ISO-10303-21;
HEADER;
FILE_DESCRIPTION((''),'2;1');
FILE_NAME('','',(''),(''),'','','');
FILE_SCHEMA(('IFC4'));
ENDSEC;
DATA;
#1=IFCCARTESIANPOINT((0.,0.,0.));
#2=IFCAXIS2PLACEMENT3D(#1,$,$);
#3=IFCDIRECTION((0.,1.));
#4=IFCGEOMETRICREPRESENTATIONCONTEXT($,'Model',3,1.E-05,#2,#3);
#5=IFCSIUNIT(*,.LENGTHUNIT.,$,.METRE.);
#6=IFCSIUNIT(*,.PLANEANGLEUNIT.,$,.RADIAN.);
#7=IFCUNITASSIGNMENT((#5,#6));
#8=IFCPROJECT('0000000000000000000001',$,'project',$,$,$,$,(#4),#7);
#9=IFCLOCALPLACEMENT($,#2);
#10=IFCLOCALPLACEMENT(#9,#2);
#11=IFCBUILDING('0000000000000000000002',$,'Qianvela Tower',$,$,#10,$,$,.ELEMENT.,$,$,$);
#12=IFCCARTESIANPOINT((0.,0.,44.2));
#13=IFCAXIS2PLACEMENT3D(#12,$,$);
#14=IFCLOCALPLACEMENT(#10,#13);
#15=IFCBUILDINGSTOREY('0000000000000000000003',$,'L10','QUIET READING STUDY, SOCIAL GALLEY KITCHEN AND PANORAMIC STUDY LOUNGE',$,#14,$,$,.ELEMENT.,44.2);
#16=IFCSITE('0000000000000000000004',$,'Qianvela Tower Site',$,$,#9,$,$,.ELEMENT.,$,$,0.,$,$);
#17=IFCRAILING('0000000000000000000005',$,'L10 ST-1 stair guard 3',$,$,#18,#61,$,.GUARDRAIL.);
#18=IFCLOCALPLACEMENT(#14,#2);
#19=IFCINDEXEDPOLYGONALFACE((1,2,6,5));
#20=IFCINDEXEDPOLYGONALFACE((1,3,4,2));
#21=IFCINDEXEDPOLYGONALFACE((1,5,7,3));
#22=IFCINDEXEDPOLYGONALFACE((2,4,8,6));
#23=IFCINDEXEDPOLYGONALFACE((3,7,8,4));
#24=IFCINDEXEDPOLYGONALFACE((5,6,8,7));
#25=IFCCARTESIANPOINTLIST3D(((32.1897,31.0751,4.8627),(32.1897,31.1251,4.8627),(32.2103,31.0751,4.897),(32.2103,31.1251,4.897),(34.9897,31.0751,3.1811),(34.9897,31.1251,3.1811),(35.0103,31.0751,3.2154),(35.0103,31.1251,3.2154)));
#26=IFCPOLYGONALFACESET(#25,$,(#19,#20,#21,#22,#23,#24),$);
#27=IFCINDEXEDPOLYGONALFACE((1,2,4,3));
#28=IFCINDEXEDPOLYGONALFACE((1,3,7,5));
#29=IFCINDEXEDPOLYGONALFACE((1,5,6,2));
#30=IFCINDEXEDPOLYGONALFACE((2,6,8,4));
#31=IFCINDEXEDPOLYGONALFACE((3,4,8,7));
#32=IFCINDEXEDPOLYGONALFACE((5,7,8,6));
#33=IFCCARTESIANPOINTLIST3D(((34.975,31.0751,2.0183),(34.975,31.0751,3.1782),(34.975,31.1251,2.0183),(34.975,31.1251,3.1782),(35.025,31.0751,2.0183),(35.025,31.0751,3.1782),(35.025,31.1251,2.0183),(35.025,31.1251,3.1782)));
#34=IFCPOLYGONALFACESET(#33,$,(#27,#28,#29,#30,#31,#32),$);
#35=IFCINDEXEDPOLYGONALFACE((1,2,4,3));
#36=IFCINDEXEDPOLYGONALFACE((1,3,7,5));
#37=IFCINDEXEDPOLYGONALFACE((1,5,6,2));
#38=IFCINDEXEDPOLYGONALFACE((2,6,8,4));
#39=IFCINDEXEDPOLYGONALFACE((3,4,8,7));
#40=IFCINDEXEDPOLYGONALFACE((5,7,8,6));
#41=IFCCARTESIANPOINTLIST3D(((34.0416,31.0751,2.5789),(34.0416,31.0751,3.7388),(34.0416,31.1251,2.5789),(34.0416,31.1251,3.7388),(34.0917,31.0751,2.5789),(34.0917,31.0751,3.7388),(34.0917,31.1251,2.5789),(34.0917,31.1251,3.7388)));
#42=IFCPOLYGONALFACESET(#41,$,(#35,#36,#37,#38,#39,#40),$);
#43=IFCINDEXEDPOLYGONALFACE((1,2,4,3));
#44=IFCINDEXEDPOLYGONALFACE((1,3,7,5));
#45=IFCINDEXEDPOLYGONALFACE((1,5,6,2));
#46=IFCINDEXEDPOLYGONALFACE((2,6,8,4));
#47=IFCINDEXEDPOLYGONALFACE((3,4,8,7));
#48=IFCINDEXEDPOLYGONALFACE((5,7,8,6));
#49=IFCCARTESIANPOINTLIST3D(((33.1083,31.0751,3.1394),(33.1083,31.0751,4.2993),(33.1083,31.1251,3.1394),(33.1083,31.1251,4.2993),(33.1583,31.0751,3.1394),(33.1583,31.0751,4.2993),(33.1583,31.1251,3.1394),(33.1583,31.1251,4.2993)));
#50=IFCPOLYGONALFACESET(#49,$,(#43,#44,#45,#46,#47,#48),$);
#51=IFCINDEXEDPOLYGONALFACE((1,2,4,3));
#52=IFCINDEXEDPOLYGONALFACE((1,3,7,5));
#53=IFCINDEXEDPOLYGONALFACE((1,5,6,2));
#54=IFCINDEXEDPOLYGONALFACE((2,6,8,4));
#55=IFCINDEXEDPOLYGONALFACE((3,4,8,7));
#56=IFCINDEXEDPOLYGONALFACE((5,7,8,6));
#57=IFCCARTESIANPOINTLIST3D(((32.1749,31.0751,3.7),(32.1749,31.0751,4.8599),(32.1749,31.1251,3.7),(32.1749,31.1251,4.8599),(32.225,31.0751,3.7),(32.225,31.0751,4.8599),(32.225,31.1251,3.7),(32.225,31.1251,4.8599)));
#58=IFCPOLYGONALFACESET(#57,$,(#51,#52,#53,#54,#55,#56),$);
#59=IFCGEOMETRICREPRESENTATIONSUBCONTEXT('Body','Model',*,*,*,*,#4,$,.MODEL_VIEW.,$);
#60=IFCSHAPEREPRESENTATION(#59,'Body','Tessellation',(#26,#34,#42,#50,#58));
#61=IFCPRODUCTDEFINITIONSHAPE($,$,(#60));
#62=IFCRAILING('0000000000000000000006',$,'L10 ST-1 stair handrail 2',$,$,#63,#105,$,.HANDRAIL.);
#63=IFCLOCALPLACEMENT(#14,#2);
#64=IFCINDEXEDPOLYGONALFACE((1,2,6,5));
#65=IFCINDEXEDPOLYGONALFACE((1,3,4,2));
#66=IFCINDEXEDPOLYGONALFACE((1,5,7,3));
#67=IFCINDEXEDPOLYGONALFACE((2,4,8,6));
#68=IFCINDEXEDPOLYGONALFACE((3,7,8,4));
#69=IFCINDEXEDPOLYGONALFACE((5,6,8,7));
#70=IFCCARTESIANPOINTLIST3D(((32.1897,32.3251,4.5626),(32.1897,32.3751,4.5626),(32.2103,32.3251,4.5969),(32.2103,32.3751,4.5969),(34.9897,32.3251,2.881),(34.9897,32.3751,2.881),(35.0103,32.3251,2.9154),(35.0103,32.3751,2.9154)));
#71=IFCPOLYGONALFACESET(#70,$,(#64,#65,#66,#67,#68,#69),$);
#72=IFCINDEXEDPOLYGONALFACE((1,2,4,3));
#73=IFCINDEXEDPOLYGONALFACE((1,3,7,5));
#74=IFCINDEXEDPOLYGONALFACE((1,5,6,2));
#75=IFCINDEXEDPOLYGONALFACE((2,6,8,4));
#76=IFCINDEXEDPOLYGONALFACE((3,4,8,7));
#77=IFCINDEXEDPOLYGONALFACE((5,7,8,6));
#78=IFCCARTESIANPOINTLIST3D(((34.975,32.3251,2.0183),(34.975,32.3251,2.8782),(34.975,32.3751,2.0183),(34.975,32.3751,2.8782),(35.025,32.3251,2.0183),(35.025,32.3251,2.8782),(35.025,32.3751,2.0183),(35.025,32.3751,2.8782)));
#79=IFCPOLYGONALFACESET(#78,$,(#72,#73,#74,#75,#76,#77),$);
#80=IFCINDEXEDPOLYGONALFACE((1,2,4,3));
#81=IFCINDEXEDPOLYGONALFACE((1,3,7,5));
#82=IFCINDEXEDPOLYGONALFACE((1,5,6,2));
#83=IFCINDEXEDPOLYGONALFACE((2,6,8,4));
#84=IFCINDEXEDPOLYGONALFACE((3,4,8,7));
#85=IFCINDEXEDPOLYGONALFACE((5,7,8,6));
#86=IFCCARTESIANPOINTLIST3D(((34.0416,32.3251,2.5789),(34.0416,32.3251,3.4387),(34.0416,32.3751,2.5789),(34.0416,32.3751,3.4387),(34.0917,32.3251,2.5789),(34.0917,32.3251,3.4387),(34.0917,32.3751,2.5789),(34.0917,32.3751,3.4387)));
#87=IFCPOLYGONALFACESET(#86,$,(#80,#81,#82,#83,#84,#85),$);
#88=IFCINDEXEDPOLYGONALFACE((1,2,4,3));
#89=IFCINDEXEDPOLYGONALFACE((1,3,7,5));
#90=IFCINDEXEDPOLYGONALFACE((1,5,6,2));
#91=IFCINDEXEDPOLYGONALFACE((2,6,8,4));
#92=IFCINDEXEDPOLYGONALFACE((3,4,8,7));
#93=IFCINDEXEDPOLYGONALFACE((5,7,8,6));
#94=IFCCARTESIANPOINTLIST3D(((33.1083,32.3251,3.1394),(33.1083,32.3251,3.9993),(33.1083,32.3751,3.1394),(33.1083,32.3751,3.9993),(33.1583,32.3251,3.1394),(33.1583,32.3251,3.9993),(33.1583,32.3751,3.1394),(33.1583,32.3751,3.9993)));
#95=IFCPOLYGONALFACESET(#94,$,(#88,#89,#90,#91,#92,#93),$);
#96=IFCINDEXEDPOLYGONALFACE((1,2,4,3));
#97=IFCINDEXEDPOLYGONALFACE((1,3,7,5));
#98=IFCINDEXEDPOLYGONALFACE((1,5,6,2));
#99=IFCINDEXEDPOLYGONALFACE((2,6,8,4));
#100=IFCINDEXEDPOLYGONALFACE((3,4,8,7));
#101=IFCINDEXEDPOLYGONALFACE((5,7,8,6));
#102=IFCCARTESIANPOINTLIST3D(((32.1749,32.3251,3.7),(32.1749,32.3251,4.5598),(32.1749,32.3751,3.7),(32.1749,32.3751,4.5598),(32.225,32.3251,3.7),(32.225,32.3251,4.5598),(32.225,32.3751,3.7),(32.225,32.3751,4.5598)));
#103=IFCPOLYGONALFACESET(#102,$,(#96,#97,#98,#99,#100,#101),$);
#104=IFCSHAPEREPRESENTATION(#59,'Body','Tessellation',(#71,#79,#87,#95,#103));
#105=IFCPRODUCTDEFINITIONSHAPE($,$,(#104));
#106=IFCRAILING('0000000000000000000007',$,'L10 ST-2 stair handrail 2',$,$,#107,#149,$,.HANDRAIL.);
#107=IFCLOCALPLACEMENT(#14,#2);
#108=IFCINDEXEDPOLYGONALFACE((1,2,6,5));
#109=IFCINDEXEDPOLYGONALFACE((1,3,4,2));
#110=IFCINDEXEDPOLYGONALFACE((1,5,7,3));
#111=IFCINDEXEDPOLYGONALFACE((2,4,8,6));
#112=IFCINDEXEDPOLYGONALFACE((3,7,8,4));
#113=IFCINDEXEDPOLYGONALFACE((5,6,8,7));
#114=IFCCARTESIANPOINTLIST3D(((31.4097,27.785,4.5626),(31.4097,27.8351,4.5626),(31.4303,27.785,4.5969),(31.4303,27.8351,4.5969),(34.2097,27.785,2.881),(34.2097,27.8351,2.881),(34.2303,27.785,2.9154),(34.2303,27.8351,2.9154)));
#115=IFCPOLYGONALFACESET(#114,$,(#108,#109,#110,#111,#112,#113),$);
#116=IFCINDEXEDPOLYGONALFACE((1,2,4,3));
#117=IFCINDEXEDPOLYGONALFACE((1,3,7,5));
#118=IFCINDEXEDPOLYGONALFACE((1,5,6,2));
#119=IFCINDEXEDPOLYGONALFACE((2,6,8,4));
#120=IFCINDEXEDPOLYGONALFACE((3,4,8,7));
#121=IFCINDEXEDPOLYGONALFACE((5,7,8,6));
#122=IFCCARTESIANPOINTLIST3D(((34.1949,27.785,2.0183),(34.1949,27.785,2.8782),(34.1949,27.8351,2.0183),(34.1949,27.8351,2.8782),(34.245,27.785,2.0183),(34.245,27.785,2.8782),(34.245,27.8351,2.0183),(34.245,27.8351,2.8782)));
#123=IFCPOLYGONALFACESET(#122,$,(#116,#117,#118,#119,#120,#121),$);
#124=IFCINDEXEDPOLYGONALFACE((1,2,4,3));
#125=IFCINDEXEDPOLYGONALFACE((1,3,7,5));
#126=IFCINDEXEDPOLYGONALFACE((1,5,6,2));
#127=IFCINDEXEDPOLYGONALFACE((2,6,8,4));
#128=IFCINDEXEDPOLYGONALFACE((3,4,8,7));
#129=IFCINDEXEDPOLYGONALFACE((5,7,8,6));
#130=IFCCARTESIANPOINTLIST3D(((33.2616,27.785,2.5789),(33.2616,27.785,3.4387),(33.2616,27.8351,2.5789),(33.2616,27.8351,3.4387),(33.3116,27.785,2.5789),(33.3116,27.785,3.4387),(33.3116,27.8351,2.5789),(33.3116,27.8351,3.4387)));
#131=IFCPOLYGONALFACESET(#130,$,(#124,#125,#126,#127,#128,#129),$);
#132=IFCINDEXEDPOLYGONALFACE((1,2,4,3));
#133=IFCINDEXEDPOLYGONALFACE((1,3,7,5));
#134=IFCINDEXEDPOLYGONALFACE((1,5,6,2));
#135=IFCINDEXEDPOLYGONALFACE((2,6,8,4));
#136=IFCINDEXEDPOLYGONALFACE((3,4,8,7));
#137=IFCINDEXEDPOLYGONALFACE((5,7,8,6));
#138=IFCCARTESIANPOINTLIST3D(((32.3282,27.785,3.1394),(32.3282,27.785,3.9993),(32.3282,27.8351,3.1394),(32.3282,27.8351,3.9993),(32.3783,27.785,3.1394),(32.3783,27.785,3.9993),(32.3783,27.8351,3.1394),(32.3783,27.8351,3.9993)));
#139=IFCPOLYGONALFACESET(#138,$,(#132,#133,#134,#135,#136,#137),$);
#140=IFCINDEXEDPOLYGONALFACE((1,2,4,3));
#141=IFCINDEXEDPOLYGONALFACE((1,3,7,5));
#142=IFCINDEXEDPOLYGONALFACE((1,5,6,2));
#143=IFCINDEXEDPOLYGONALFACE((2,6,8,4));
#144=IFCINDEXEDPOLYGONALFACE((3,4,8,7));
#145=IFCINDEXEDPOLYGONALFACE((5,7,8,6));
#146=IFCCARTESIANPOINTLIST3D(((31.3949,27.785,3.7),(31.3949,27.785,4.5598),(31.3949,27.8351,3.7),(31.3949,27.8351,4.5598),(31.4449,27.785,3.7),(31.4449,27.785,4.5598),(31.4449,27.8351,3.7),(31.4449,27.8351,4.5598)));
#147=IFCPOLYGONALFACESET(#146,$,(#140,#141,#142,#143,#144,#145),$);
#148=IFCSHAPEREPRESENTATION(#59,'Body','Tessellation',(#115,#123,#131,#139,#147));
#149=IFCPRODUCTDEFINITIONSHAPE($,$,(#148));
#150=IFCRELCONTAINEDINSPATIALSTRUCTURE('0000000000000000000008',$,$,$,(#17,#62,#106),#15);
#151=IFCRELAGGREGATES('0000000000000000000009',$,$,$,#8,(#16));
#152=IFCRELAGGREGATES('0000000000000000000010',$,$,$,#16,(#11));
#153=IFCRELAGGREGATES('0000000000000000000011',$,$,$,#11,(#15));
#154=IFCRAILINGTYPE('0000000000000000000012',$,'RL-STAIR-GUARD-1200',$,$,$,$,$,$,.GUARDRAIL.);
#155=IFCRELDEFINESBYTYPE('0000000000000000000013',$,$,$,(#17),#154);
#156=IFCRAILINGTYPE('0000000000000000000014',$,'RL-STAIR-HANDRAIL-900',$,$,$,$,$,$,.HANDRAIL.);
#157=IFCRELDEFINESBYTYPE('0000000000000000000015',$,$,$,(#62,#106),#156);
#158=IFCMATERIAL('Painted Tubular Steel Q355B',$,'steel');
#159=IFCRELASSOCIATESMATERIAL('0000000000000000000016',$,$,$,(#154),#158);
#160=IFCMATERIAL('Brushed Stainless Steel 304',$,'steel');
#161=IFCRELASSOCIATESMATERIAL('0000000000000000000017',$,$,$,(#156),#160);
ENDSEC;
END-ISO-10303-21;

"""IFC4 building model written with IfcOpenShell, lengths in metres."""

from ifc_helpers import new_model, si_unit, direction, frame, origin, origin_2d, place, context, subcontext, project, spatial, rectangle, extrude, material, type_object, element, save


model = new_model("IFC4")

# Units and contexts
model_context = context("Model", 3, precision=1e-05, world=origin(), true_north=direction((0.0, 1.0)))
body_context = subcontext(model_context, "Body", "Model", "MODEL_VIEW")
ifc_project = project(units=[si_unit("LENGTHUNIT", "METRE"), si_unit("PLANEANGLEUNIT", "RADIAN")], contexts=[model_context])

# Site, building, storey
site_placement = place(None, origin())
site = spatial("IfcSite", under=ifc_project, at=site_placement, Name="Qianvela Tower Site", CompositionType="ELEMENT", RefElevation=0.0)
building_placement = place(site_placement, origin())
building = spatial("IfcBuilding", under=site, at=building_placement, Name="Qianvela Tower", CompositionType="ELEMENT")
storey_placement = place(building_placement, frame((0.0, 0.0, 44.2)))
storey = spatial("IfcBuildingStorey", under=building, at=storey_placement, Name="L10", Description="QUIET READING STUDY, SOCIAL GALLEY KITCHEN AND PANORAMIC STUDY LOUNGE", CompositionType="ELEMENT", Elevation=44.2)

# Railings
ifc_material_1 = material(Name="Painted Tubular Steel Q355B", Category="steel")
railing_type_1 = type_object("IfcRailingType", Name="RL-STAIR-GUARD-1200", PredefinedType="GUARDRAIL", material=ifc_material_1)
railing_1_placement = place(storey_placement, frame((35.0, 31.1001, 2.0183)))
element("IfcRailing", 1, at=railing_1_placement, inside=storey, type_object=railing_type_1, Name="L10 ST-1 stair guard 3", PredefinedType="GUARDRAIL", context=body_context, shape_type="SweptSolid", body=[
    extrude(rectangle(XDim=0.05, YDim=0.04, at=origin_2d()), frame((0.0, 0.0, 1.1799), z_axis=(-0.857275, 0.0, 0.514858), x_axis=(0.0, -1.0, 0.0)), (0.0, 0.0, 1.0), 3.2661),
    extrude(rectangle(XDim=0.05, YDim=0.05, at=origin_2d()), origin(), (0.0, 0.0, 1.0), 1.1599),
    extrude(rectangle(XDim=0.05, YDim=0.05, at=origin_2d()), frame((-0.9333, 0.0, 0.5605)), (0.0, 0.0, 1.0), 1.1599),
    extrude(rectangle(XDim=0.05, YDim=0.05, at=origin_2d()), frame((-1.8667, 0.0, 1.1211)), (0.0, 0.0, 1.0), 1.1599),
    extrude(rectangle(XDim=0.05, YDim=0.05, at=origin_2d()), frame((-2.8, 0.0, 1.6816)), (0.0, 0.0, 1.0), 1.1599),
])
ifc_material_2 = material(Name="Brushed Stainless Steel 304", Category="steel")
railing_type_2 = type_object("IfcRailingType", Name="RL-STAIR-HANDRAIL-900", PredefinedType="HANDRAIL", material=ifc_material_2)
for number, where, name in (
    (2, (35.0, 32.3501, 2.0183), "L10 ST-1 stair handrail 2"),
    (3, (34.22, 27.8101, 2.0183), "L10 ST-2 stair handrail 2"),
):
    element("IfcRailing", number, at=place(storey_placement, frame(where)), inside=storey, type_object=railing_type_2, Name=name, PredefinedType="HANDRAIL", context=body_context, shape_type="SweptSolid", body=[
        extrude(rectangle(XDim=0.05, YDim=0.04, at=origin_2d()), frame((0.0, 0.0, 0.8799), z_axis=(-0.857275, 0.0, 0.514858), x_axis=(0.0, -1.0, 0.0)), (0.0, 0.0, 1.0), 3.2661),
        extrude(rectangle(XDim=0.05, YDim=0.05, at=origin_2d()), origin(), (0.0, 0.0, 1.0), 0.8599),
        extrude(rectangle(XDim=0.05, YDim=0.05, at=origin_2d()), frame((-0.9333, 0.0, 0.5605)), (0.0, 0.0, 1.0), 0.8599),
        extrude(rectangle(XDim=0.05, YDim=0.05, at=origin_2d()), frame((-1.8667, 0.0, 1.1211)), (0.0, 0.0, 1.0), 0.8599),
        extrude(rectangle(XDim=0.05, YDim=0.05, at=origin_2d()), frame((-2.8, 0.0, 1.6816)), (0.0, 0.0, 1.0), 0.8599),
    ])

save(model, "model.ifc")
